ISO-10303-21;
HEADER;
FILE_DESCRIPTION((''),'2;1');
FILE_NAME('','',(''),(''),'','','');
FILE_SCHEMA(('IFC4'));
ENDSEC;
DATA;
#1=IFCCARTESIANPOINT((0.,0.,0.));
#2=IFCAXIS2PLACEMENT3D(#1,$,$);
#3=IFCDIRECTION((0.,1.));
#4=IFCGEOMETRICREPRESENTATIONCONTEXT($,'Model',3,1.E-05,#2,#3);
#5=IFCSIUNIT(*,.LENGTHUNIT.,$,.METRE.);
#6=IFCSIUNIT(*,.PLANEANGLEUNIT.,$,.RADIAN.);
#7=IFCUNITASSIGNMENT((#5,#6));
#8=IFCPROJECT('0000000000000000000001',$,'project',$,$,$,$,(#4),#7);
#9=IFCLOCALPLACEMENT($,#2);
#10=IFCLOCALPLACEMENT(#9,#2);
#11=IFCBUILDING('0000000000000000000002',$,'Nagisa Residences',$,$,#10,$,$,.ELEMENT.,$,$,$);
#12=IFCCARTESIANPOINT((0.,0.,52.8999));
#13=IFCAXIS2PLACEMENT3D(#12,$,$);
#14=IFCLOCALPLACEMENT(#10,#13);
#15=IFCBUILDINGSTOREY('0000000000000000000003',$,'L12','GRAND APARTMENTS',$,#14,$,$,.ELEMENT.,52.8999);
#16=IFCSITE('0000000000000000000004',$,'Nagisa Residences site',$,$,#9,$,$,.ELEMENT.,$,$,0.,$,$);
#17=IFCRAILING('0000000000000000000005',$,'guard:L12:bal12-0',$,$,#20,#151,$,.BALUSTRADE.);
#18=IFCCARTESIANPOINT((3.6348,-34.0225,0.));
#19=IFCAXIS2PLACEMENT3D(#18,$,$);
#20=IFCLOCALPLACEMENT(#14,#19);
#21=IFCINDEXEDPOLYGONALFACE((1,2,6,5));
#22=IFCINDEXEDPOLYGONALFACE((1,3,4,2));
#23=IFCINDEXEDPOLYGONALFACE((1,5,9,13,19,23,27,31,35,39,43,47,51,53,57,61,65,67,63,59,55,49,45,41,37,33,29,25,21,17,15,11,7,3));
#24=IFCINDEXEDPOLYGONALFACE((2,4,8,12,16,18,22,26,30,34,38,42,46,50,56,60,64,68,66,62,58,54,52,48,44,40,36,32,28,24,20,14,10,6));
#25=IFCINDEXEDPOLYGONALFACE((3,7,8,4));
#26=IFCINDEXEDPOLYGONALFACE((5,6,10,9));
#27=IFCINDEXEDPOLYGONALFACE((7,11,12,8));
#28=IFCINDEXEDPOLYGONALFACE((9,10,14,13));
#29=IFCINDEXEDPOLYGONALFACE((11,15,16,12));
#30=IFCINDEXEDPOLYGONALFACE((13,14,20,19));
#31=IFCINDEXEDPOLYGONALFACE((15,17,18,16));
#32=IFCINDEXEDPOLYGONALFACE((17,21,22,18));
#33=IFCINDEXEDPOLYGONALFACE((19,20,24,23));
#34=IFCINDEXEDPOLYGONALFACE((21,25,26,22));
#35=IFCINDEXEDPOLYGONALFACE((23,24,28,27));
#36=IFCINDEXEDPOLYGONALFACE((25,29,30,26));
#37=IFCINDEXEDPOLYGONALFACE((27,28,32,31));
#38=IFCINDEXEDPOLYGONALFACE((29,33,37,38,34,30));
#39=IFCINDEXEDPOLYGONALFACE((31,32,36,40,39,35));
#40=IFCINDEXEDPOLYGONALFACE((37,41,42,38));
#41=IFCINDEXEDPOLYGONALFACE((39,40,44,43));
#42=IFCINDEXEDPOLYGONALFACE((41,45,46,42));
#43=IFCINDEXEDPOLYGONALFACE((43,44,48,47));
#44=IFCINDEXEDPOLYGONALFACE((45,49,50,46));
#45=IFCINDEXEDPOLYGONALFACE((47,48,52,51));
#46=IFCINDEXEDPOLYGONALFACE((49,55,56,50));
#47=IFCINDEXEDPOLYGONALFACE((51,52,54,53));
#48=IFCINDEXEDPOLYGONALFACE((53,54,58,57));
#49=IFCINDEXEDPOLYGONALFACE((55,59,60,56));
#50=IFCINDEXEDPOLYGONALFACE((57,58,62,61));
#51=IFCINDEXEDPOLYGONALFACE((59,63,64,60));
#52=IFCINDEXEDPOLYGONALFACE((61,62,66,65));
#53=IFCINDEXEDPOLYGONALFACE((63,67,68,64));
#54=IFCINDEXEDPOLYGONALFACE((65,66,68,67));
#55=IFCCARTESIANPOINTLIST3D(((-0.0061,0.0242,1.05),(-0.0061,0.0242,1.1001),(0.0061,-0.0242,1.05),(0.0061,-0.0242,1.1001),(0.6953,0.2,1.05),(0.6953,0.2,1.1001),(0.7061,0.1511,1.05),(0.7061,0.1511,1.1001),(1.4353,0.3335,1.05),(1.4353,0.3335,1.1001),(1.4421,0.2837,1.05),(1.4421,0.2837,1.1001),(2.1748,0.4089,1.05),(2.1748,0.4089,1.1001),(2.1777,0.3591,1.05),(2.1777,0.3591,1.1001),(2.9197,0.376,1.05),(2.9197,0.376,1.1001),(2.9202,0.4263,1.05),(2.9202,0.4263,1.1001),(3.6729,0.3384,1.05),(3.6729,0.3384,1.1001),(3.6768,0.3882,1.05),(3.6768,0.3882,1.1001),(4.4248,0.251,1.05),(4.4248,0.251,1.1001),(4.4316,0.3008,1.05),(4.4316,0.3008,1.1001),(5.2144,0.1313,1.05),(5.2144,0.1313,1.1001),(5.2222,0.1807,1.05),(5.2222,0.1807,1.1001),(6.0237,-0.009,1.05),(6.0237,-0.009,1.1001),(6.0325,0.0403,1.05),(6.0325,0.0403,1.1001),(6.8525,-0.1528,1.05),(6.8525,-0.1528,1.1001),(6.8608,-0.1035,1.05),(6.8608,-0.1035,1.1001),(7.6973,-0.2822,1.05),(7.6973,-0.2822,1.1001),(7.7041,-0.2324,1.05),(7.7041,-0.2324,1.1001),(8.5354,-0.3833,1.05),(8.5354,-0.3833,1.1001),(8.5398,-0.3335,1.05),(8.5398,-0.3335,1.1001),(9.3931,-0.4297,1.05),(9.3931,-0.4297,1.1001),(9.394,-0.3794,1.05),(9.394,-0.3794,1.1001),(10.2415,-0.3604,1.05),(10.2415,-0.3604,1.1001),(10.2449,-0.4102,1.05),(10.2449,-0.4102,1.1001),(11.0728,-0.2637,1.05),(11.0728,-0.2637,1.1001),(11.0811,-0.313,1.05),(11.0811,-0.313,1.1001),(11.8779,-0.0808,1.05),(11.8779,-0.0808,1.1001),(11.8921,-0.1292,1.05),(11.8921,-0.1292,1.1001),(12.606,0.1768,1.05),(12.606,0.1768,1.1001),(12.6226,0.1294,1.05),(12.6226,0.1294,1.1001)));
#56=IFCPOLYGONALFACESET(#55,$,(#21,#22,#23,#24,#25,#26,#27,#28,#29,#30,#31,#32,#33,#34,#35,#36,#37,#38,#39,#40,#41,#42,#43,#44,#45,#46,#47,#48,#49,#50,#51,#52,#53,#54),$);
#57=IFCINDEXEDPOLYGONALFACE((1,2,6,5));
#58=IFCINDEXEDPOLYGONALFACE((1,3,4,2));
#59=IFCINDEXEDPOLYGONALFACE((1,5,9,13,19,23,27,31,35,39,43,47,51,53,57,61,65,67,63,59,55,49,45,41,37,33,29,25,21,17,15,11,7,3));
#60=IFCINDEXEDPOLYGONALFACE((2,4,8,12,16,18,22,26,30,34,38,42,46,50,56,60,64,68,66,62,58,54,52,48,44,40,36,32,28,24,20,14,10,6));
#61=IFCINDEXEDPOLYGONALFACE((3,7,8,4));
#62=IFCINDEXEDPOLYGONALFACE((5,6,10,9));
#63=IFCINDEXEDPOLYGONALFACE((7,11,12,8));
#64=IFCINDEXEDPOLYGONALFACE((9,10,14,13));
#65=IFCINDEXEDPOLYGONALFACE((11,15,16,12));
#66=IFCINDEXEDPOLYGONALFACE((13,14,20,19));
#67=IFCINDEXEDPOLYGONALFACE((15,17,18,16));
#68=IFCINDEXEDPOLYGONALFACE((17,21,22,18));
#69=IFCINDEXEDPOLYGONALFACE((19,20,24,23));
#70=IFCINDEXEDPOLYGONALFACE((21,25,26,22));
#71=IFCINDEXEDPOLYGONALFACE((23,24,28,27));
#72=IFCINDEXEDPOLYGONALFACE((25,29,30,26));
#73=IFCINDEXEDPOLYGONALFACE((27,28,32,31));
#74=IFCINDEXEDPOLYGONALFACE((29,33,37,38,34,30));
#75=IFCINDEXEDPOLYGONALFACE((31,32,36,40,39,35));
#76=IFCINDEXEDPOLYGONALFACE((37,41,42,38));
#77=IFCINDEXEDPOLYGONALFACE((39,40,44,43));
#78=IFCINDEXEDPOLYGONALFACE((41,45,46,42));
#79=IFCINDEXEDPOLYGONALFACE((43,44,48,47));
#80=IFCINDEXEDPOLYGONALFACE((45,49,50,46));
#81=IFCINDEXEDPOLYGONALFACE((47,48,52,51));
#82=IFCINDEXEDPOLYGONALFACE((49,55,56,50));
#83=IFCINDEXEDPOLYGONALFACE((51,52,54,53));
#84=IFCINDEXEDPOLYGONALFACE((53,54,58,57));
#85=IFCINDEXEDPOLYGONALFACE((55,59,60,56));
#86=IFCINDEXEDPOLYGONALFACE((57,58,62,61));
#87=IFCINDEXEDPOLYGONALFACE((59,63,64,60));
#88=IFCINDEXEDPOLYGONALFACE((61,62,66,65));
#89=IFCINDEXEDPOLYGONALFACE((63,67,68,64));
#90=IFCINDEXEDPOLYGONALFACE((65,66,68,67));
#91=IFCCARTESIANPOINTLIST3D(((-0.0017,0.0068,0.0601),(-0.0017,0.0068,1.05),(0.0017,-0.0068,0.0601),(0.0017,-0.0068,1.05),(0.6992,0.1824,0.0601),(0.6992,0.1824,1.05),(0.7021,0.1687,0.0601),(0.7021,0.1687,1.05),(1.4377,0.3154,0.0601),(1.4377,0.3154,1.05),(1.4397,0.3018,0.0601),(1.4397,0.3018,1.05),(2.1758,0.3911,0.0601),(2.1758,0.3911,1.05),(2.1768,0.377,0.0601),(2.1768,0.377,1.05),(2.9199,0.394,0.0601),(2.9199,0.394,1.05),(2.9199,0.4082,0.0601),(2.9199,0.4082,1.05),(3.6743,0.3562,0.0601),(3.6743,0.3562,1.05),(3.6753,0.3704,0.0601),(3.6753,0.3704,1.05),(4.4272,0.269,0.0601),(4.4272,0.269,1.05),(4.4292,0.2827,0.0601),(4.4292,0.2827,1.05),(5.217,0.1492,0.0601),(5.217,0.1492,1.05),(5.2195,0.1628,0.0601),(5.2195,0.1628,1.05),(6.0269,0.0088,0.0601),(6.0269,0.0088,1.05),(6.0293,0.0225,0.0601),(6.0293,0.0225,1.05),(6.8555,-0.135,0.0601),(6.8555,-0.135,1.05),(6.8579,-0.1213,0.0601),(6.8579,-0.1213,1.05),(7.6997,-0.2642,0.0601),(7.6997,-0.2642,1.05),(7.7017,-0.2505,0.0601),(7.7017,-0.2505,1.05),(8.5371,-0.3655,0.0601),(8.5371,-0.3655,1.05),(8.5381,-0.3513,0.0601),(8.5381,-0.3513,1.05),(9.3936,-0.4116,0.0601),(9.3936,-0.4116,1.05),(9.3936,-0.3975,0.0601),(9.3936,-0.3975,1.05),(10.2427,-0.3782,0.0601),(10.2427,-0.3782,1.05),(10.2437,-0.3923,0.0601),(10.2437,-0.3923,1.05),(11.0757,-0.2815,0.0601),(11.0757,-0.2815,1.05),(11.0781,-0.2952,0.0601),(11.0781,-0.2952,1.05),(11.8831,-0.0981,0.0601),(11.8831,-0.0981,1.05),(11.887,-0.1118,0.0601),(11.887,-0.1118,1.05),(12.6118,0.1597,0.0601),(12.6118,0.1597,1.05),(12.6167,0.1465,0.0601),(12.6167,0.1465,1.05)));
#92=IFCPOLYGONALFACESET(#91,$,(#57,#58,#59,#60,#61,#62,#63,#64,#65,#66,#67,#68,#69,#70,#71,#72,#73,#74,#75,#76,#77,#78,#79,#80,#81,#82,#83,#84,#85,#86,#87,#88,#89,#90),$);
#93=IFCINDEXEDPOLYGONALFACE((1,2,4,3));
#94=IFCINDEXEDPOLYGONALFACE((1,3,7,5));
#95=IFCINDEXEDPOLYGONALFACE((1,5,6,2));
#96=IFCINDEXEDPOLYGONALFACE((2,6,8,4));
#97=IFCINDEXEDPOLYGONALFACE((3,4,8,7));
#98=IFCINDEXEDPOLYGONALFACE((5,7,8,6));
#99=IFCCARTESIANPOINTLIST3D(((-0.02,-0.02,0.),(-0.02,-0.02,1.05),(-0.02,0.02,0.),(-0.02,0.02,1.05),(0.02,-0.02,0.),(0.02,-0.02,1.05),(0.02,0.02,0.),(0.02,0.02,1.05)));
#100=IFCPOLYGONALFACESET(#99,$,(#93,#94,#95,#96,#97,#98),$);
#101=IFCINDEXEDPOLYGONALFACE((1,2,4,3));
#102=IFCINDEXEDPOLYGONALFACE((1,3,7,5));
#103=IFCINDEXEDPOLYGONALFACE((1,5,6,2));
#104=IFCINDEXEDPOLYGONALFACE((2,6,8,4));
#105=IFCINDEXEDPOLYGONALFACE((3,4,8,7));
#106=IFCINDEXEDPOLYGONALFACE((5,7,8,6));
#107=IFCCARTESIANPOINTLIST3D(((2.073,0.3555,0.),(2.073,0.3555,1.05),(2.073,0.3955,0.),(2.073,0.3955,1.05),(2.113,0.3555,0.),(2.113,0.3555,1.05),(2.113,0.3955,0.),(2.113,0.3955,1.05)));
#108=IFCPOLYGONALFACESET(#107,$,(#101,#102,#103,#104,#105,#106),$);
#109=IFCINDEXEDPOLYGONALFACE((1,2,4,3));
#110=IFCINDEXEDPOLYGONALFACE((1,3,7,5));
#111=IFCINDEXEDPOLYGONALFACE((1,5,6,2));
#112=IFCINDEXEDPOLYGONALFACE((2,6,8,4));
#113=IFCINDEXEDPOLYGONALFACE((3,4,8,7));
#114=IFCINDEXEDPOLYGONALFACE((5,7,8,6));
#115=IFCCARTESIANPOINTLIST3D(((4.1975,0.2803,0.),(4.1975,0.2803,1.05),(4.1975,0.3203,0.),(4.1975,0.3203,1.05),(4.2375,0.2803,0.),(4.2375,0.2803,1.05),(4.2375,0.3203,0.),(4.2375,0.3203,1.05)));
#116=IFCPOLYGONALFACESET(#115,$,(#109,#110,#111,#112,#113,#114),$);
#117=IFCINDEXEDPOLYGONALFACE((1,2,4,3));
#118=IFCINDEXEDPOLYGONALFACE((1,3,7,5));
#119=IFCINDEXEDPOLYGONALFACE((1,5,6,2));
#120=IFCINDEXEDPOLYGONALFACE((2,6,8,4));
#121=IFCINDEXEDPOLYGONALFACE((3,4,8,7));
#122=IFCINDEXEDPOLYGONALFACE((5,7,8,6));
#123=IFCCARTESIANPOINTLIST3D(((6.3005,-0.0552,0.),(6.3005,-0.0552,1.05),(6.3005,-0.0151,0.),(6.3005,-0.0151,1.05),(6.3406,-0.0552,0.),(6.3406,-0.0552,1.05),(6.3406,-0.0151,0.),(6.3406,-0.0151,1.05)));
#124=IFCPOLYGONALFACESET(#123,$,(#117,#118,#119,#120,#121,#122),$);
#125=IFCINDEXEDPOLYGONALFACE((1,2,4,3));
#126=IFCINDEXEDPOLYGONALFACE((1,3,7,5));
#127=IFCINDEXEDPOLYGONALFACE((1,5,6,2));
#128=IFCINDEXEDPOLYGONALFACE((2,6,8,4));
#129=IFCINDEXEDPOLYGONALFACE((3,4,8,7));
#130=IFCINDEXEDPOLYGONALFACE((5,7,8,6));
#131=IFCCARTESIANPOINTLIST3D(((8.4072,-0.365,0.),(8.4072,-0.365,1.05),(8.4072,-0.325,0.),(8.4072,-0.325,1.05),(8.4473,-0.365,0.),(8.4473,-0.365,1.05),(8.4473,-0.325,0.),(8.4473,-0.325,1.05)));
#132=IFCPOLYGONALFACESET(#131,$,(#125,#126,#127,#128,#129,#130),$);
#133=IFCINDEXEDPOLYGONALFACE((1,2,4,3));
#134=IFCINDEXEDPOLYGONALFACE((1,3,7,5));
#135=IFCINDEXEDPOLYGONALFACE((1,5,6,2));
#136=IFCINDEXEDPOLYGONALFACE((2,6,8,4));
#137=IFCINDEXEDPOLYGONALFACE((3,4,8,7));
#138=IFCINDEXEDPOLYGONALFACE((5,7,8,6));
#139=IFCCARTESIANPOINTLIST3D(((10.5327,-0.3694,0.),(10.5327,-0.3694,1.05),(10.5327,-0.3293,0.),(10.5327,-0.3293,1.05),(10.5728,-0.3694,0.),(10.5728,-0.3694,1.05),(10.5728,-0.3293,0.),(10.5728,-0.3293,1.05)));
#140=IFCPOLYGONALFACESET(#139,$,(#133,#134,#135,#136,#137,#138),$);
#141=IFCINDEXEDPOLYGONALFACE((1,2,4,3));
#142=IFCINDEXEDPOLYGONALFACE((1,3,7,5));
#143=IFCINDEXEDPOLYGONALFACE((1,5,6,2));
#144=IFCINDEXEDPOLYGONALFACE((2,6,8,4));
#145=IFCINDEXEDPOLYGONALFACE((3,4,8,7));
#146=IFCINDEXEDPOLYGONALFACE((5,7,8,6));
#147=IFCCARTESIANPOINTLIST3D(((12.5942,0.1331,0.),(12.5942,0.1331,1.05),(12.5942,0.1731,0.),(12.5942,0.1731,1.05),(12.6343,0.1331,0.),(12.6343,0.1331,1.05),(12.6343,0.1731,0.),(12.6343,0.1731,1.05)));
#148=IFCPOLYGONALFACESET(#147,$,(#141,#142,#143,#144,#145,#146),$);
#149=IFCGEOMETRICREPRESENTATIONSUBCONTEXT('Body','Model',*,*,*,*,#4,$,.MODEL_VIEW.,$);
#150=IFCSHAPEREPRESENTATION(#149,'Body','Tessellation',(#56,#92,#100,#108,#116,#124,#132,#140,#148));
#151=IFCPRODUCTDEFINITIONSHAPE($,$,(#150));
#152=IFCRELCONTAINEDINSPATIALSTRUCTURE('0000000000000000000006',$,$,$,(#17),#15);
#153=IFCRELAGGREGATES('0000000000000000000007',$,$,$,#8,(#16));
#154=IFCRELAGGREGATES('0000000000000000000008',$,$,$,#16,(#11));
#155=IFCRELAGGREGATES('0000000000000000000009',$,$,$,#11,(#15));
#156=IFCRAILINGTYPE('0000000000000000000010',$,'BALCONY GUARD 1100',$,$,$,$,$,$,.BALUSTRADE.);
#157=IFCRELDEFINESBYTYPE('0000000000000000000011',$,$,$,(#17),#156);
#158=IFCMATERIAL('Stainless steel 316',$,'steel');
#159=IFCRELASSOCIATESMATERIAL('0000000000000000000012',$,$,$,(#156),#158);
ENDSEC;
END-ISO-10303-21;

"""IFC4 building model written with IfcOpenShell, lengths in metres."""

from ifc_helpers import new_model, si_unit, direction, frame, origin, origin_2d, place, context, subcontext, project, spatial, polyline, rectangle, outline, extrude, material, type_object, element, save


model = new_model("IFC4")

# Units and contexts
model_context = context("Model", 3, precision=1e-05, world=origin(), true_north=direction((0.0, 1.0)))
body_context = subcontext(model_context, "Body", "Model", "MODEL_VIEW")
ifc_project = project(units=[si_unit("LENGTHUNIT", "METRE"), si_unit("PLANEANGLEUNIT", "RADIAN")], contexts=[model_context])

# Site, building, storey
site_placement = place(None, origin())
site = spatial("IfcSite", under=ifc_project, at=site_placement, Name="Nagisa Residences site", CompositionType="ELEMENT", RefElevation=0.0)
building_placement = place(site_placement, origin())
building = spatial("IfcBuilding", under=site, at=building_placement, Name="Nagisa Residences", CompositionType="ELEMENT")
storey_placement = place(building_placement, frame((0.0, 0.0, 52.8999)))
storey = spatial("IfcBuildingStorey", under=building, at=storey_placement, Name="L12", Description="GRAND APARTMENTS", CompositionType="ELEMENT", Elevation=52.8999)

# Railing
ifc_material_1 = material(Name="Stainless steel 316", Category="steel")
railing_type = type_object("IfcRailingType", Name="BALCONY GUARD 1100", PredefinedType="BALUSTRADE", material=ifc_material_1)
railing_placement = place(storey_placement, frame((3.6348, -34.0225, 0.0)))
element("IfcRailing", 1, at=railing_placement, inside=storey, type_object=railing_type, Name="guard:L12:bal12-0", PredefinedType="BALUSTRADE", context=body_context, shape_type="SweptSolid", body=[
    extrude(outline(polyline([(0.6953, 0.2), (-0.0061, 0.0242), (0.0061, -0.0242), (0.7061, 0.1511), (1.4421, 0.2837), (2.1777, 0.3591), (2.9197, 0.376), (3.6729, 0.3384), (4.4248, 0.251), (5.2144, 0.1313), (6.0237, -0.009), (6.8525, -0.1528), (7.6973, -0.2822), (8.5354, -0.3833), (9.3931, -0.4297), (10.2449, -0.4102), (11.0811, -0.313), (11.8921, -0.1292), (12.6226, 0.1294), (12.606, 0.1768), (11.8779, -0.0808), (11.0728, -0.2637), (10.2415, -0.3604), (9.394, -0.3794), (8.5398, -0.3335), (7.7041, -0.2324), (6.8608, -0.1035), (6.0325, 0.0403), (5.2222, 0.1807), (4.4316, 0.3008), (3.6768, 0.3882), (2.9202, 0.4263), (2.1748, 0.4089), (1.4353, 0.3335), (0.6953, 0.2)])), frame((0.0, 0.0, 1.05)), (0.0, 0.0, 1.0), 0.05),
    extrude(outline(polyline([(0.6992, 0.1824), (-0.0017, 0.0068), (0.0017, -0.0068), (0.7021, 0.1687), (1.4397, 0.3018), (2.1768, 0.377), (2.9199, 0.394), (3.6743, 0.3562), (4.4272, 0.269), (5.217, 0.1492), (6.0269, 0.0088), (6.8555, -0.135), (7.6997, -0.2642), (8.5371, -0.3655), (9.3936, -0.4116), (10.2437, -0.3923), (11.0781, -0.2952), (11.887, -0.1118), (12.6167, 0.1465), (12.6118, 0.1597), (11.8831, -0.0981), (11.0757, -0.2815), (10.2427, -0.3782), (9.3936, -0.3975), (8.5381, -0.3513), (7.7017, -0.2505), (6.8579, -0.1213), (6.0293, 0.0225), (5.2195, 0.1628), (4.4292, 0.2827), (3.6753, 0.3704), (2.9199, 0.4082), (2.1758, 0.3911), (1.4377, 0.3154), (0.6992, 0.1824)])), frame((0.0, 0.0, 0.0601)), (0.0, 0.0, 1.0), 0.99),
    extrude(rectangle(XDim=0.04, YDim=0.04, at=origin_2d()), origin(), (0.0, 0.0, 1.0), 1.05),
    extrude(rectangle(XDim=0.04, YDim=0.04, at=origin_2d()), frame((2.093, 0.3755, 0.0)), (0.0, 0.0, 1.0), 1.05),
    extrude(rectangle(XDim=0.04, YDim=0.04, at=origin_2d()), frame((4.2175, 0.3003, 0.0)), (0.0, 0.0, 1.0), 1.05),
    extrude(rectangle(XDim=0.04, YDim=0.04, at=origin_2d()), frame((6.3206, -0.0352, 0.0)), (0.0, 0.0, 1.0), 1.05),
    extrude(rectangle(XDim=0.04, YDim=0.04, at=origin_2d()), frame((8.4272, -0.345, 0.0)), (0.0, 0.0, 1.0), 1.05),
    extrude(rectangle(XDim=0.04, YDim=0.04, at=origin_2d()), frame((10.5527, -0.3494, 0.0)), (0.0, 0.0, 1.0), 1.05),
    extrude(rectangle(XDim=0.04, YDim=0.04, at=origin_2d()), frame((12.6143, 0.1531, 0.0)), (0.0, 0.0, 1.0), 1.05),
])

save(model, "model.ifc")
